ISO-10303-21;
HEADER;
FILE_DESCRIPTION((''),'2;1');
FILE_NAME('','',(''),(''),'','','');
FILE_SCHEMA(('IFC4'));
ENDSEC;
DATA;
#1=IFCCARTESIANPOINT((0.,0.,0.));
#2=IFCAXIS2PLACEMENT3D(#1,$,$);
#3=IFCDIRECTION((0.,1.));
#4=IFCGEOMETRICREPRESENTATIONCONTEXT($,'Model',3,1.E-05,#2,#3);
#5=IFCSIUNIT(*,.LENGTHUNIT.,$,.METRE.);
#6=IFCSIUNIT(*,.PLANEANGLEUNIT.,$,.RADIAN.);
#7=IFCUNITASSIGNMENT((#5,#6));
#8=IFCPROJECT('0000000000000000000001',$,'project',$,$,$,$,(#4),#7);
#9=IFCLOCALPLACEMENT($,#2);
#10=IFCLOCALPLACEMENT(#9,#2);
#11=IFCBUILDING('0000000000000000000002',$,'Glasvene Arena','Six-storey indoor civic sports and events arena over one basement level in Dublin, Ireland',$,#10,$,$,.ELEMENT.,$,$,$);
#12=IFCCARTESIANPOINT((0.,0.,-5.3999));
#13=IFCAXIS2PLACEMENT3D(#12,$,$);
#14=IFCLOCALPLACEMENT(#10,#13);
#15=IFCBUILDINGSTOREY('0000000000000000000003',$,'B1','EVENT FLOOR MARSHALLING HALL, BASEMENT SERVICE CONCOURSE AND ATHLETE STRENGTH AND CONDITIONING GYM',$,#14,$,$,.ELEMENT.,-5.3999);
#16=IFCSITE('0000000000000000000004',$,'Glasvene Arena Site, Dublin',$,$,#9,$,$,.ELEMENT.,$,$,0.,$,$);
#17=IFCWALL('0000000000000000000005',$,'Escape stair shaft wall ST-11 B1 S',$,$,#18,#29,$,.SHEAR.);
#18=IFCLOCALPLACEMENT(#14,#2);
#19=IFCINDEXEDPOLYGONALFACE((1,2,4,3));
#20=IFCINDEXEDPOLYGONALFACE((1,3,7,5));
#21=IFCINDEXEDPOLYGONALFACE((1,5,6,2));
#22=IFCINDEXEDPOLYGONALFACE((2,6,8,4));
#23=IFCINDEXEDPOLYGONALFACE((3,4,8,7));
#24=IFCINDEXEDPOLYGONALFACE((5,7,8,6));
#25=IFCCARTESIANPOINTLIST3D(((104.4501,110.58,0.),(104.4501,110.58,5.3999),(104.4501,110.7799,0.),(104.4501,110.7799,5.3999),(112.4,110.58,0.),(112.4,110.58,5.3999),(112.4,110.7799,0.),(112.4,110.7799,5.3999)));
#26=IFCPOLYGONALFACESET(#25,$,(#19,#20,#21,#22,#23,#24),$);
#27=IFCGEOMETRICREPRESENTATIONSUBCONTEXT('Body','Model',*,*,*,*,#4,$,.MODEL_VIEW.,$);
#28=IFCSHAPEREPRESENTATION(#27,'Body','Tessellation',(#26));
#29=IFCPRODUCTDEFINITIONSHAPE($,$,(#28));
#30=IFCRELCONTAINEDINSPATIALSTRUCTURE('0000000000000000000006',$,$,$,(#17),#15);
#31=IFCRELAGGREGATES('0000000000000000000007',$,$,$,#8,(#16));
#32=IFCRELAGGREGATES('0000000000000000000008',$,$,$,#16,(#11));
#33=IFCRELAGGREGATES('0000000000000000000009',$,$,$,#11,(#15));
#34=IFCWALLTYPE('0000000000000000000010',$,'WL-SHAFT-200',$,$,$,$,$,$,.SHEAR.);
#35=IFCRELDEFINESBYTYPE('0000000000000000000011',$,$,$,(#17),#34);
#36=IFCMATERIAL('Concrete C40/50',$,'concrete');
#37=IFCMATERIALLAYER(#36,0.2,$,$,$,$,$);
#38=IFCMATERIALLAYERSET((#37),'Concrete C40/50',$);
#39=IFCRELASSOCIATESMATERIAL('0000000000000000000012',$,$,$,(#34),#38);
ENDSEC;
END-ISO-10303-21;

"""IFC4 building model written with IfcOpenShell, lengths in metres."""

from ifc_helpers import new_model, si_unit, direction, frame, frame_2d, origin, place, context, subcontext, project, spatial, rectangle, extrude, material, layer, layer_set, type_object, element, save


model = new_model("IFC4")

# Units and contexts
model_context = context("Model", 3, precision=1e-05, world=origin(), true_north=direction((0.0, 1.0)))
body_context = subcontext(model_context, "Body", "Model", "MODEL_VIEW")
ifc_project = project(units=[si_unit("LENGTHUNIT", "METRE"), si_unit("PLANEANGLEUNIT", "RADIAN")], contexts=[model_context])

# Site, building, storey
site_placement = place(None, origin())
site = spatial("IfcSite", under=ifc_project, at=site_placement, Name="Glasvene Arena Site, Dublin", CompositionType="ELEMENT", RefElevation=0.0)
building_placement = place(site_placement, origin())
building = spatial("IfcBuilding", under=site, at=building_placement, Name="Glasvene Arena", Description="Six-storey indoor civic sports and events arena over one basement level in Dublin, Ireland", CompositionType="ELEMENT")
storey_placement = place(building_placement, frame((0.0, 0.0, -5.3999)))
storey = spatial("IfcBuildingStorey", under=building, at=storey_placement, Name="B1", Description="EVENT FLOOR MARSHALLING HALL, BASEMENT SERVICE CONCOURSE AND ATHLETE STRENGTH AND CONDITIONING GYM", CompositionType="ELEMENT", Elevation=-5.3999)

# Shared definitions
ifc_material_1 = material(Name="Concrete C40/50", Category="concrete")

# Wall
ifc_layer_1 = layer(ifc_material_1, 0.2)
ifc_layer_set_1 = layer_set([ifc_layer_1], Name="Concrete C40/50")
wall_type = type_object("IfcWallType", Name="WL-SHAFT-200", PredefinedType="SHEAR", material=ifc_layer_set_1)
wall_1_placement = place(storey_placement, frame((104.45, 110.6799, 0.0), z_axis=(0.0, 0.0, 1.0), x_axis=(1.0, 0.0, 0.0)))
element("IfcWall", 1, at=wall_1_placement, inside=storey, type_object=wall_type, Name="Escape stair shaft wall ST-11 B1 S", PredefinedType="SHEAR", context=body_context, shape_type="SweptSolid", body=[
    extrude(rectangle(XDim=7.95, YDim=0.2, at=frame_2d((3.9751, 0.0))), origin(), (0.0, 0.0, 1.0), 5.3999),
])

save(model, "model.ifc")
